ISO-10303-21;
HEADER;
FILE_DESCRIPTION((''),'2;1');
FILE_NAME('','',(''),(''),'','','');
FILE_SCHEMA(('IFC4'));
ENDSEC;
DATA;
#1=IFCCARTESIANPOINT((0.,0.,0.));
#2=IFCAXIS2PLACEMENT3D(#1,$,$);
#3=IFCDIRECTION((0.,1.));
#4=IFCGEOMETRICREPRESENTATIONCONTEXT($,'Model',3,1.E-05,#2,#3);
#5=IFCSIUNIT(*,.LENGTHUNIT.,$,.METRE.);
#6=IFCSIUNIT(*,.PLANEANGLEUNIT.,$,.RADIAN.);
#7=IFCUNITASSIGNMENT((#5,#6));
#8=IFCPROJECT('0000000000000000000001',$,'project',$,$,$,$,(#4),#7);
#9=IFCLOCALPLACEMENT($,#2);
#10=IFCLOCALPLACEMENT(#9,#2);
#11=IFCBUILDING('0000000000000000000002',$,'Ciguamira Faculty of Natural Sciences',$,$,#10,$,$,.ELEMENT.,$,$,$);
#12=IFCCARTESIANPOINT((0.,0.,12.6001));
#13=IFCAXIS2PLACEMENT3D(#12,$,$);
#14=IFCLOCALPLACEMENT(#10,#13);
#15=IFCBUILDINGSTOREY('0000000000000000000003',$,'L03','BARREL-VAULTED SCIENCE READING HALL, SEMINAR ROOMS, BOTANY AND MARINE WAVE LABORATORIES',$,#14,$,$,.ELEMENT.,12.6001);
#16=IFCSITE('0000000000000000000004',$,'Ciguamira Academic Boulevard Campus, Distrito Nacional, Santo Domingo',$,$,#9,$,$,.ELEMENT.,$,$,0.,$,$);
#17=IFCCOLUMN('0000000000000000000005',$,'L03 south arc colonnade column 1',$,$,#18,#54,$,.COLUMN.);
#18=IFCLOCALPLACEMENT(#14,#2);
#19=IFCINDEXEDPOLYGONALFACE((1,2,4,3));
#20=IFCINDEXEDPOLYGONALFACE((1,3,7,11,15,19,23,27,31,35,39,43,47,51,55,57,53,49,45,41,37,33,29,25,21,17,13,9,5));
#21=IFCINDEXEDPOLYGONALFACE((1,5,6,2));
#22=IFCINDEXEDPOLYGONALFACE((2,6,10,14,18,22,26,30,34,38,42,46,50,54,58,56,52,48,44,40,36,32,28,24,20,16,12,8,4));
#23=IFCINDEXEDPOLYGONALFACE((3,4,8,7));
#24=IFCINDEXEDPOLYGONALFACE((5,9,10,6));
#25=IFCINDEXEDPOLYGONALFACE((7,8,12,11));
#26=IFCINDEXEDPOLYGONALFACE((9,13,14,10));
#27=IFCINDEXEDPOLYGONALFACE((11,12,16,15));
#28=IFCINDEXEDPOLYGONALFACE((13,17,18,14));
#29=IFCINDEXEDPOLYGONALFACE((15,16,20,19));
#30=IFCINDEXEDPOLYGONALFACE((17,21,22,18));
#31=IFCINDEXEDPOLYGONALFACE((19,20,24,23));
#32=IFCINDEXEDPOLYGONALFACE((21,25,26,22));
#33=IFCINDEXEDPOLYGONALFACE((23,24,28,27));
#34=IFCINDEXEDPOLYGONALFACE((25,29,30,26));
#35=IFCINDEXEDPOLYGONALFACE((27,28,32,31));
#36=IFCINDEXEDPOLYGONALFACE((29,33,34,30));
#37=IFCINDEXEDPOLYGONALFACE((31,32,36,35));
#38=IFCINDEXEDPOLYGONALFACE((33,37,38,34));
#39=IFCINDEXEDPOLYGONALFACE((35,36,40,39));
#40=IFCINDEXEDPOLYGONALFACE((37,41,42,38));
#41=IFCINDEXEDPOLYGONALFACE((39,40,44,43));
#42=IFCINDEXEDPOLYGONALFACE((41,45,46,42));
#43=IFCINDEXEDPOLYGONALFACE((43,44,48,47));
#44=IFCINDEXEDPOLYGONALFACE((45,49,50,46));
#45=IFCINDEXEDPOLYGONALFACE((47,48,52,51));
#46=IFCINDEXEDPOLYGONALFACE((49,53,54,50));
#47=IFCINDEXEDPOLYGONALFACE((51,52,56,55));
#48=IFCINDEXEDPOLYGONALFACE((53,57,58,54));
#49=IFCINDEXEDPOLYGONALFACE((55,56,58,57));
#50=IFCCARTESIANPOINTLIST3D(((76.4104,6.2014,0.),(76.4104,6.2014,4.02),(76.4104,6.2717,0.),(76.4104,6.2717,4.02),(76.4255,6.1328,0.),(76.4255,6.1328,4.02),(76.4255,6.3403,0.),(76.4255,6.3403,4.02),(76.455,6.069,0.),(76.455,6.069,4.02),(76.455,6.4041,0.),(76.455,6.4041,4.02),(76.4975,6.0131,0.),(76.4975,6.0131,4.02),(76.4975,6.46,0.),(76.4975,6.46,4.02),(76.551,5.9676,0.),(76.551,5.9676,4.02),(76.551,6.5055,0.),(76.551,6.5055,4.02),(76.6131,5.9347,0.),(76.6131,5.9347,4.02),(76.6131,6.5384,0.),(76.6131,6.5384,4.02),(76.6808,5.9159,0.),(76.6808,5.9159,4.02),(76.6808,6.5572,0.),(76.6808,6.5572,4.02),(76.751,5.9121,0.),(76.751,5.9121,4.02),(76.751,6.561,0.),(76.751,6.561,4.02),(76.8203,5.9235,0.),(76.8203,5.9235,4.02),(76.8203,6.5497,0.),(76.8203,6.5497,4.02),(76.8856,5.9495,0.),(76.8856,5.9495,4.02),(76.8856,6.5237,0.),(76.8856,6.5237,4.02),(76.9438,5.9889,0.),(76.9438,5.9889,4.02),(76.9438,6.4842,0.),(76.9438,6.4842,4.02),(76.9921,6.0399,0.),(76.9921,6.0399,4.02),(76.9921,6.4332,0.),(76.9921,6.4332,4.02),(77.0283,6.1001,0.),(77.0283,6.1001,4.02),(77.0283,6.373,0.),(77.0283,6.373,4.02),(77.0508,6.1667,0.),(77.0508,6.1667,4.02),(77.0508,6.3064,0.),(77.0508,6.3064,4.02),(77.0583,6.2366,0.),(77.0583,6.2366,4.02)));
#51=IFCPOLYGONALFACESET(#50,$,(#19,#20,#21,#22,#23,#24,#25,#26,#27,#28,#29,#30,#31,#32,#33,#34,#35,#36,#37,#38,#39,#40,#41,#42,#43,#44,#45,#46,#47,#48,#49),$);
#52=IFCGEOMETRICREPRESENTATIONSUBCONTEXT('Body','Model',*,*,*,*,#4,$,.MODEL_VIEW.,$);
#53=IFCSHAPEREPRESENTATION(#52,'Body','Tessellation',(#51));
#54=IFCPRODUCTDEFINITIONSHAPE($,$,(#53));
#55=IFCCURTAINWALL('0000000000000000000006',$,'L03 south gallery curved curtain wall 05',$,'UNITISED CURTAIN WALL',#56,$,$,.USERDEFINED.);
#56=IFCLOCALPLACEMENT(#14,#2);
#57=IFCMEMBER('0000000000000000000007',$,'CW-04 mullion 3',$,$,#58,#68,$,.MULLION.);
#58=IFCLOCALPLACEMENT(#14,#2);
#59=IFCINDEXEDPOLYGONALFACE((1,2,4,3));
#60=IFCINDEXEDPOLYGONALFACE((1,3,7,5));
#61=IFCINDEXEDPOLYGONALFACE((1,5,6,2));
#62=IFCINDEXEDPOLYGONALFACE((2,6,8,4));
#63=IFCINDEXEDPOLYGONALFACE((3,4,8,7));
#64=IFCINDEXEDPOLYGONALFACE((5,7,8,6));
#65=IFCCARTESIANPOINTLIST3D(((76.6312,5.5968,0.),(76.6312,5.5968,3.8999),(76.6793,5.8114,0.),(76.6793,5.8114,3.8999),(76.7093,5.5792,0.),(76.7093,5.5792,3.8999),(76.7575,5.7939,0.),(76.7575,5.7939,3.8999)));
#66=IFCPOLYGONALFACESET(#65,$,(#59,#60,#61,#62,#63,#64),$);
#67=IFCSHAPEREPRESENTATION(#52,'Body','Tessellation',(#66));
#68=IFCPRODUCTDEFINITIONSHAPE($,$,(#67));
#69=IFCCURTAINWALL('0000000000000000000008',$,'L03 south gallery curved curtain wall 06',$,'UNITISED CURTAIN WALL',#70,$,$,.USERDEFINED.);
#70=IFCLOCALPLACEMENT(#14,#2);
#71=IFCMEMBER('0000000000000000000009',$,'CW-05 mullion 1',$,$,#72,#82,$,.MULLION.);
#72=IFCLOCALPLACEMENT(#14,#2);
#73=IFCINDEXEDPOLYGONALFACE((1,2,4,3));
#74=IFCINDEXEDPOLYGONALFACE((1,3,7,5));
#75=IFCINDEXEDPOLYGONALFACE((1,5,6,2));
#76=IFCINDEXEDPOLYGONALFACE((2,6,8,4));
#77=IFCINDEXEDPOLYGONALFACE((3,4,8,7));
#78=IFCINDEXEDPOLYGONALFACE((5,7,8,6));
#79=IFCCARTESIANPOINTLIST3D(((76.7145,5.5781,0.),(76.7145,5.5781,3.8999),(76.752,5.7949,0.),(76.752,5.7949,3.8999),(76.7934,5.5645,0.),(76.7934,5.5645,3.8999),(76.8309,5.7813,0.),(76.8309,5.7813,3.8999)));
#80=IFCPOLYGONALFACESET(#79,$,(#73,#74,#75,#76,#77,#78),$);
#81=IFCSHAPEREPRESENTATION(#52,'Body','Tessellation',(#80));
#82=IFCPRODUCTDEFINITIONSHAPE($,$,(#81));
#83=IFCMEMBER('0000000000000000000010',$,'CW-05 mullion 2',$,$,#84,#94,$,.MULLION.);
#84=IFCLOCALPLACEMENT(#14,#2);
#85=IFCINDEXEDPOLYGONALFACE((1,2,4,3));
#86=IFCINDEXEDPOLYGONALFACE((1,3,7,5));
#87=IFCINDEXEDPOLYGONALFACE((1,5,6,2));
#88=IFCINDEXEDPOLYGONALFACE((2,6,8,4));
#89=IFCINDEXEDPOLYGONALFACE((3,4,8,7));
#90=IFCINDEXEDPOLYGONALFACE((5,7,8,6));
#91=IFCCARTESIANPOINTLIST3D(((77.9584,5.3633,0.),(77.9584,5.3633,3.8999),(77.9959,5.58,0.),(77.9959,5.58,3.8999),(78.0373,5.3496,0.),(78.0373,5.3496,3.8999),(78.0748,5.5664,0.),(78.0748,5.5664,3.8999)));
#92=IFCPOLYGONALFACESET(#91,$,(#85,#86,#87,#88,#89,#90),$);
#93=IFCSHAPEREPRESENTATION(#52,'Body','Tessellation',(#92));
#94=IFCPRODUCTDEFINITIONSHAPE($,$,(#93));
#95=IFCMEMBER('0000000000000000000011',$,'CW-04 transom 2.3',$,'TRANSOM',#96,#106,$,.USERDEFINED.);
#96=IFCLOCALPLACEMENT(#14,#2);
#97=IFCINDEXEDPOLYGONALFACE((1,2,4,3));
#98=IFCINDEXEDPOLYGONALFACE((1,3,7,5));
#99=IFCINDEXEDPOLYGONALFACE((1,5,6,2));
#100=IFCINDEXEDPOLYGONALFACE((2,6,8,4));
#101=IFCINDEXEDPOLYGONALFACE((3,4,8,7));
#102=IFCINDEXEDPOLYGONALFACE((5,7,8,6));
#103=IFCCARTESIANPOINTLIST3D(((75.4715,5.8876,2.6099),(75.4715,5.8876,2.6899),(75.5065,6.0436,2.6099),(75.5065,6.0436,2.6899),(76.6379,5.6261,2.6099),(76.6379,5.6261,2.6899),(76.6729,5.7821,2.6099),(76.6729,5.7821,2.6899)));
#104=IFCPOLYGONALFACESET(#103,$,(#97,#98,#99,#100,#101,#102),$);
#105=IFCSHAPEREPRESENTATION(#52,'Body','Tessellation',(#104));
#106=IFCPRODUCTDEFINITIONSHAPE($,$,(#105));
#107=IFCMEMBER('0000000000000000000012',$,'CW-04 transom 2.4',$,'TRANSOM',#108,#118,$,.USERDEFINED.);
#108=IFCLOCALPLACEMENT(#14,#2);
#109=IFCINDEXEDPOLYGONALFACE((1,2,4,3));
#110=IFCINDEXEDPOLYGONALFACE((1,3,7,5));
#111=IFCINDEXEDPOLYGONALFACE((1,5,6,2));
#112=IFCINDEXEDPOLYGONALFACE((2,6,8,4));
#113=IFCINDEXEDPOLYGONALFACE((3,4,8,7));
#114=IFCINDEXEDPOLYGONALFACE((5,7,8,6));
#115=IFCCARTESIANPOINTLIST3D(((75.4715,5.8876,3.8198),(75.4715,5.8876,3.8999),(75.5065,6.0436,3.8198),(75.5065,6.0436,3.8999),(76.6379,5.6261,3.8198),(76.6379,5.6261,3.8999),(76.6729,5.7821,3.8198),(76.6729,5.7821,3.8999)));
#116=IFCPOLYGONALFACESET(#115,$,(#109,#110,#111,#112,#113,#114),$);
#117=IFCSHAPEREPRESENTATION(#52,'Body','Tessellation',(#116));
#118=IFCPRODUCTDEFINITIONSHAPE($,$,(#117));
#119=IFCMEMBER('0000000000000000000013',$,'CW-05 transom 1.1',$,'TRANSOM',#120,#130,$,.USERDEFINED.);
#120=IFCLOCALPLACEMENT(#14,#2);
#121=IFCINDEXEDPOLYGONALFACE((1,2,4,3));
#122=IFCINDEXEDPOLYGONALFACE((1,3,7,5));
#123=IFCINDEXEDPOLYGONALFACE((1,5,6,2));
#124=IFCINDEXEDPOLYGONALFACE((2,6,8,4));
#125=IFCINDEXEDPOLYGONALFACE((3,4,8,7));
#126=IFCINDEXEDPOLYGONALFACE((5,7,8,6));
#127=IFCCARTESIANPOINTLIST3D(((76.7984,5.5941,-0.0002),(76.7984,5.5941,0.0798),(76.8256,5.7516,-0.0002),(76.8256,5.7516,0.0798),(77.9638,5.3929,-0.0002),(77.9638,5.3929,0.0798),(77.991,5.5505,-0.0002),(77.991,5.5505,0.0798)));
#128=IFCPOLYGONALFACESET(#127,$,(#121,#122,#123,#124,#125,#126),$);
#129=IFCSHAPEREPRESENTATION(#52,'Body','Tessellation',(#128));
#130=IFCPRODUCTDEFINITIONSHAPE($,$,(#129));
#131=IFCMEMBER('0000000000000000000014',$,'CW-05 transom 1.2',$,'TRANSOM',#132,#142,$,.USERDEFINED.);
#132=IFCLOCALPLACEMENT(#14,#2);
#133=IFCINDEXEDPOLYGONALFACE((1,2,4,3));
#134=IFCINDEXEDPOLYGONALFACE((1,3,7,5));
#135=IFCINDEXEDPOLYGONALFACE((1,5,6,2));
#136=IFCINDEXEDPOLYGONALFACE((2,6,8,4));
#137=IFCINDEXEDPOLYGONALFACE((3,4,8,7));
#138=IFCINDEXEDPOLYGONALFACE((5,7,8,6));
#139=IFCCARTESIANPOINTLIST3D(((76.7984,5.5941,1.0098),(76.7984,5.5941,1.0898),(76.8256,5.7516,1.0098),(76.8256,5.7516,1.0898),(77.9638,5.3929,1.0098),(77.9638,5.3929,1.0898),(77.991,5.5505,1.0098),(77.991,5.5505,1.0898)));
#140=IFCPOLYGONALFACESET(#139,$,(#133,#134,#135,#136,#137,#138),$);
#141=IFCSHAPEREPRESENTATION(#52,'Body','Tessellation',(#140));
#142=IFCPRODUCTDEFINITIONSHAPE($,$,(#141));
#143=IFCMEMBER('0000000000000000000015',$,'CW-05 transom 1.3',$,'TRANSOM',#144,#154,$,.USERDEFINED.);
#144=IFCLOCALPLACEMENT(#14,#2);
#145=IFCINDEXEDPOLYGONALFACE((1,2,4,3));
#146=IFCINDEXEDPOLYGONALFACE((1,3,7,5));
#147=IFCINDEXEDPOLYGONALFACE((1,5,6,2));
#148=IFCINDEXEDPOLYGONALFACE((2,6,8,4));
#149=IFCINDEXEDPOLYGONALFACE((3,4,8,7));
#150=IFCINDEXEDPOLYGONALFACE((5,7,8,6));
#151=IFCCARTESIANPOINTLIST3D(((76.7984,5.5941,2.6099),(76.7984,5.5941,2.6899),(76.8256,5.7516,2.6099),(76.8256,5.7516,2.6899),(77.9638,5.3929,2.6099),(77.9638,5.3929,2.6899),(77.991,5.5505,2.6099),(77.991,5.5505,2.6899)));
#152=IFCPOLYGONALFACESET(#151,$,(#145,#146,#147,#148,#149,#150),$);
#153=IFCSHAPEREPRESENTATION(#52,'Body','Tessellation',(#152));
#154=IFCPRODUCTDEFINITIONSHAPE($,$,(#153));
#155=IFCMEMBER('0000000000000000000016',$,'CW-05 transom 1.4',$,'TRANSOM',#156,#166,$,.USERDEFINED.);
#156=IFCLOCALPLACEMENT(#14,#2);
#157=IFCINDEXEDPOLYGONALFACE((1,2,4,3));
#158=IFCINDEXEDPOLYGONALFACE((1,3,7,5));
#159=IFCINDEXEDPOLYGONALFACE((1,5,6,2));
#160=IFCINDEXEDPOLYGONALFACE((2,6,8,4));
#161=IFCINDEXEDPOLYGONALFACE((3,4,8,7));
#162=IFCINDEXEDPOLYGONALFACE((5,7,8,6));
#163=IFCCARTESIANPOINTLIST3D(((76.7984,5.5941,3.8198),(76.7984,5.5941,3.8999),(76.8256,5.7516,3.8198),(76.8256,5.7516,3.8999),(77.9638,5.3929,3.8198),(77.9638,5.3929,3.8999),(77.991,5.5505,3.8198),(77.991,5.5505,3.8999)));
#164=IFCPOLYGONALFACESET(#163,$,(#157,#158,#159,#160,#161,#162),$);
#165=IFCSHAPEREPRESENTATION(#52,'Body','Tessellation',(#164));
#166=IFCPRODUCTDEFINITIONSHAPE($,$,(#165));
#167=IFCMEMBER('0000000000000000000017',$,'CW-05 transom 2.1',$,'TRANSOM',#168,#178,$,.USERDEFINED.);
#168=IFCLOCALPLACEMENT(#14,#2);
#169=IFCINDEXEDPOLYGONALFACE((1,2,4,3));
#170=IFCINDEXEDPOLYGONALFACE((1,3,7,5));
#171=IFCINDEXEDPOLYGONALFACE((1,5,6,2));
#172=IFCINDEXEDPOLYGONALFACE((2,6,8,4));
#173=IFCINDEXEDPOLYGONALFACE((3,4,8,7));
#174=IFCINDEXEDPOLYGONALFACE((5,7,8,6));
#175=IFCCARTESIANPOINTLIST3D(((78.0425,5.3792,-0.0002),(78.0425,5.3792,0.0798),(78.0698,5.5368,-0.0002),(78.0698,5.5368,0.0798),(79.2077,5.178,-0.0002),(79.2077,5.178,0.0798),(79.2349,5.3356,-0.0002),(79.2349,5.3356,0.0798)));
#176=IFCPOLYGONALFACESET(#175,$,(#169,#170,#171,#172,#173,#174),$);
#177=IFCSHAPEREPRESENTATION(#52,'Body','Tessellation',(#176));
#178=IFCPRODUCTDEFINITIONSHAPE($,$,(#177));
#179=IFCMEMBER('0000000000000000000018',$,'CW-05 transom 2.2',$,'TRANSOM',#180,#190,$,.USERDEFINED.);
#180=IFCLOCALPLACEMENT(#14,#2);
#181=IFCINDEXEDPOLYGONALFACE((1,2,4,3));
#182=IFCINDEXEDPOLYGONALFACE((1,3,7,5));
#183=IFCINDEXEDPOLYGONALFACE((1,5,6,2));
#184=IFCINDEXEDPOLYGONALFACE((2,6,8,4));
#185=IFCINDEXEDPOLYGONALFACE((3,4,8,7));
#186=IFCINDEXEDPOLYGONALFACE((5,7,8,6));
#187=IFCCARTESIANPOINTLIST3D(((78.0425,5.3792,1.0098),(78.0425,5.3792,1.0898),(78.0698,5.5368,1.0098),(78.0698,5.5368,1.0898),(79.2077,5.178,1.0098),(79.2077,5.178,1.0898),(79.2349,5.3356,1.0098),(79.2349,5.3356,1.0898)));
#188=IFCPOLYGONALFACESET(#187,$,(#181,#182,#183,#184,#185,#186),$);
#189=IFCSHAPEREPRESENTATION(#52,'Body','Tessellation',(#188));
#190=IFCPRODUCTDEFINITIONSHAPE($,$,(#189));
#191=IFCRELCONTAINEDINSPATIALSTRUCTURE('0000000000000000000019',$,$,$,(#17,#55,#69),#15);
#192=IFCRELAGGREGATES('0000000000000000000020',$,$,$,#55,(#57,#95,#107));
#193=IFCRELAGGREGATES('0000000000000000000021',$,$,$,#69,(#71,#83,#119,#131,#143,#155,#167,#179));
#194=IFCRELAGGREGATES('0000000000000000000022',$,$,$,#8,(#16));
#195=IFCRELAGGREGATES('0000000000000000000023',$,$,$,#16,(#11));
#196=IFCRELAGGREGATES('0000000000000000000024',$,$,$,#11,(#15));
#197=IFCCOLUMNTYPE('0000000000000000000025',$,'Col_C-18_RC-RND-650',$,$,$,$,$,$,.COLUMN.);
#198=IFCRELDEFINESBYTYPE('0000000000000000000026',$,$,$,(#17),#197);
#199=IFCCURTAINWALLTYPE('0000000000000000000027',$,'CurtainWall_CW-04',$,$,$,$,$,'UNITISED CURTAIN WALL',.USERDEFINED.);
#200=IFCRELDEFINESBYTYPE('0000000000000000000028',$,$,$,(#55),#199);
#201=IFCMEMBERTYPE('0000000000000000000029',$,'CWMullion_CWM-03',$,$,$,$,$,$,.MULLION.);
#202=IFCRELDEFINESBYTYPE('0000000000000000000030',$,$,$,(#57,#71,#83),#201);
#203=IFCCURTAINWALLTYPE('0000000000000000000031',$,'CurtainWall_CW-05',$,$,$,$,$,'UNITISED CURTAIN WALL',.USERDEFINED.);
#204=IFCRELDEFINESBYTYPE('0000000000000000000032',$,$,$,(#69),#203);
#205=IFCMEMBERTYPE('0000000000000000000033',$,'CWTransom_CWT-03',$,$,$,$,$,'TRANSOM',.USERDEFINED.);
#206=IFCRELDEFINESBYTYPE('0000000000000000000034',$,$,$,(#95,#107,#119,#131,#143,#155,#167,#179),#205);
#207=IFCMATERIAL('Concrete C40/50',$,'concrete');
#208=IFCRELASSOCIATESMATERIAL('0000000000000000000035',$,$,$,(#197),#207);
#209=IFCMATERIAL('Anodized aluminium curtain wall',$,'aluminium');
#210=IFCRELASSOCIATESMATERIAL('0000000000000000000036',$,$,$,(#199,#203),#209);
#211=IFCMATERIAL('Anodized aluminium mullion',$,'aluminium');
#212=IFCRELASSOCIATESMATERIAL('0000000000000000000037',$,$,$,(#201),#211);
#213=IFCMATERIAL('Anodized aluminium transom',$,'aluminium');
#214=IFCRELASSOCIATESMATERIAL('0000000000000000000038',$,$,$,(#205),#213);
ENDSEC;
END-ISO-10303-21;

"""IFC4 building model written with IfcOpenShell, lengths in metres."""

from ifc_helpers import new_model, si_unit, direction, frame, origin, origin_2d, place, context, subcontext, project, spatial, rectangle, circle, extrude, material, material_profile, profile_set, type_object, element, aggregate, save


model = new_model("IFC4")

# Units and contexts
model_context = context("Model", 3, precision=1e-05, world=origin(), true_north=direction((0.0, 1.0)))
body_context = subcontext(model_context, "Body", "Model", "MODEL_VIEW")
ifc_project = project(units=[si_unit("LENGTHUNIT", "METRE"), si_unit("PLANEANGLEUNIT", "RADIAN")], contexts=[model_context])

# Site, building, storey
site_placement = place(None, origin())
site = spatial("IfcSite", under=ifc_project, at=site_placement, Name="Ciguamira Academic Boulevard Campus, Distrito Nacional, Santo Domingo", CompositionType="ELEMENT", RefElevation=0.0)
building_placement = place(site_placement, origin())
building = spatial("IfcBuilding", under=site, at=building_placement, Name="Ciguamira Faculty of Natural Sciences", CompositionType="ELEMENT")
storey_placement = place(building_placement, frame((0.0, 0.0, 12.6001)))
storey = spatial("IfcBuildingStorey", under=building, at=storey_placement, Name="L03", Description="BARREL-VAULTED SCIENCE READING HALL, SEMINAR ROOMS, BOTANY AND MARINE WAVE LABORATORIES", CompositionType="ELEMENT", Elevation=12.6001)

# Column
ifc_material_1 = material(Name="Concrete C40/50", Category="concrete")
ifc_material_profile_1 = material_profile(ifc_material_1, circle(Radius=0.325, at=origin_2d()), Name="RC-RND-650")
ifc_profile_set_1 = profile_set([ifc_material_profile_1], Name="Concrete C40/50")
column_type = type_object("IfcColumnType", Name="Col_C-18_RC-RND-650", PredefinedType="COLUMN", material=ifc_profile_set_1)
column_placement = place(storey_placement, frame((76.7334, 6.2366, 0.0), z_axis=(0.0, 0.0, 1.0), x_axis=(1.0, 0.0, 0.0)))
element("IfcColumn", 1, at=column_placement, inside=storey, type_object=column_type, Name="L03 south arc colonnade column 1", PredefinedType="COLUMN", context=body_context, shape_type="SweptSolid", body=[
    extrude(circle(Radius=0.325, at=origin_2d()), origin(), (0.0, 0.0, 1.0), 4.02),
])

# Curtain wall, member
ifc_material_2 = material(Name="Anodized aluminium curtain wall", Category="aluminium")
curtain_wall_type_1 = type_object("IfcCurtainWallType", Name="CurtainWall_CW-04", ElementType="UNITISED CURTAIN WALL", PredefinedType="USERDEFINED", material=ifc_material_2)
curtain_wall_1_placement = place(storey_placement, origin())
curtain_wall_1 = element("IfcCurtainWall", 2, at=curtain_wall_1_placement, inside=storey, type_object=curtain_wall_type_1, Name="L03 south gallery curved curtain wall 05", ObjectType="UNITISED CURTAIN WALL", PredefinedType="USERDEFINED")
ifc_material_3 = material(Name="Anodized aluminium mullion", Category="aluminium")
ifc_material_profile_2 = material_profile(ifc_material_3, rectangle(XDim=0.0801, YDim=0.22, at=origin_2d()), Name="ALU-MUL-80X220")
ifc_profile_set_2 = profile_set([ifc_material_profile_2], Name="Anodized aluminium mullion")
member_type_1 = type_object("IfcMemberType", Name="CWMullion_CWM-03", PredefinedType="MULLION", material=ifc_profile_set_2)
member_1_placement = place(storey_placement, frame((76.6943, 5.6953, 0.0), z_axis=(0.0, 0.0, 1.0), x_axis=(0.975763, -0.21883, 0.0)))
member_1 = element("IfcMember", 3, at=member_1_placement, type_object=member_type_1, Name="CW-04 mullion 3", PredefinedType="MULLION", context=body_context, shape_type="SweptSolid", body=[
    extrude(rectangle(XDim=0.0801, YDim=0.22, at=origin_2d()), origin(), (0.0, 0.0, 1.0), 3.8999),
])

# Curtain wall, members
curtain_wall_type_2 = type_object("IfcCurtainWallType", Name="CurtainWall_CW-05", ElementType="UNITISED CURTAIN WALL", PredefinedType="USERDEFINED", material=ifc_material_2)
curtain_wall_2_placement = place(storey_placement, origin())
curtain_wall_2 = element("IfcCurtainWall", 4, at=curtain_wall_2_placement, inside=storey, type_object=curtain_wall_type_2, Name="L03 south gallery curved curtain wall 06", ObjectType="UNITISED CURTAIN WALL", PredefinedType="USERDEFINED")
member_2_placement = place(storey_placement, frame((76.7727, 5.6797, 0.0), z_axis=(0.0, 0.0, 1.0), x_axis=(0.985411, -0.170192, 0.0)))
member_2 = element("IfcMember", 5, at=member_2_placement, type_object=member_type_1, Name="CW-05 mullion 1", PredefinedType="MULLION", context=body_context, shape_type="SweptSolid", body=[
    extrude(rectangle(XDim=0.0801, YDim=0.22, at=origin_2d()), origin(), (0.0, 0.0, 1.0), 3.8999),
])
member_3_placement = place(storey_placement, frame((78.0166, 5.4648, 0.0), z_axis=(0.0, 0.0, 1.0), x_axis=(0.985411, -0.170192, 0.0)))
member_3 = element("IfcMember", 6, at=member_3_placement, type_object=member_type_1, Name="CW-05 mullion 2", PredefinedType="MULLION", context=body_context, shape_type="SweptSolid", body=[
    extrude(rectangle(XDim=0.0801, YDim=0.22, at=origin_2d()), origin(), (0.0, 0.0, 1.0), 3.8999),
])

# Members
ifc_material_4 = material(Name="Anodized aluminium transom", Category="aluminium")
ifc_material_profile_3 = material_profile(ifc_material_4, rectangle(XDim=0.0801, YDim=0.1599, at=origin_2d()), Name="ALU-TRN-80X160")
ifc_profile_set_3 = profile_set([ifc_material_profile_3], Name="Anodized aluminium transom")
member_type_2 = type_object("IfcMemberType", Name="CWTransom_CWT-03", ElementType="TRANSOM", PredefinedType="USERDEFINED", material=ifc_profile_set_3)
member_4_placement = place(storey_placement, frame((75.489, 5.9656, 2.6499), z_axis=(0.975777, -0.218768, 0.0), x_axis=(0.0, 0.0, 1.0)))
member_4 = element("IfcMember", 7, at=member_4_placement, type_object=member_type_2, Name="CW-04 transom 2.3", ObjectType="TRANSOM", PredefinedType="USERDEFINED", context=body_context, shape_type="SweptSolid", body=[
    extrude(rectangle(XDim=0.0801, YDim=0.1599, at=origin_2d()), origin(), (0.0, 0.0, 1.0), 1.1953),
])
member_5_placement = place(storey_placement, frame((75.489, 5.9656, 3.8599), z_axis=(0.975777, -0.218768, 0.0), x_axis=(0.0, 0.0, 1.0)))
member_5 = element("IfcMember", 8, at=member_5_placement, type_object=member_type_2, Name="CW-04 transom 2.4", ObjectType="TRANSOM", PredefinedType="USERDEFINED", context=body_context, shape_type="SweptSolid", body=[
    extrude(rectangle(XDim=0.0801, YDim=0.1599, at=origin_2d()), origin(), (0.0, 0.0, 1.0), 1.1953),
])
member_6_placement = place(storey_placement, frame((76.812, 5.6729, 0.0398), z_axis=(0.985423, -0.170121, 0.0), x_axis=(0.0, 0.0, 1.0)))
member_6 = element("IfcMember", 9, at=member_6_placement, type_object=member_type_2, Name="CW-05 transom 1.1", ObjectType="TRANSOM", PredefinedType="USERDEFINED", context=body_context, shape_type="SweptSolid", body=[
    extrude(rectangle(XDim=0.0801, YDim=0.1599, at=origin_2d()), origin(), (0.0, 0.0, 1.0), 1.1826),
])
member_7_placement = place(storey_placement, frame((76.812, 5.6729, 1.0498), z_axis=(0.985423, -0.170121, 0.0), x_axis=(0.0, 0.0, 1.0)))
member_7 = element("IfcMember", 10, at=member_7_placement, type_object=member_type_2, Name="CW-05 transom 1.2", ObjectType="TRANSOM", PredefinedType="USERDEFINED", context=body_context, shape_type="SweptSolid", body=[
    extrude(rectangle(XDim=0.0801, YDim=0.1599, at=origin_2d()), origin(), (0.0, 0.0, 1.0), 1.1826),
])
member_8_placement = place(storey_placement, frame((76.812, 5.6729, 2.6499), z_axis=(0.985423, -0.170121, 0.0), x_axis=(0.0, 0.0, 1.0)))
member_8 = element("IfcMember", 11, at=member_8_placement, type_object=member_type_2, Name="CW-05 transom 1.3", ObjectType="TRANSOM", PredefinedType="USERDEFINED", context=body_context, shape_type="SweptSolid", body=[
    extrude(rectangle(XDim=0.0801, YDim=0.1599, at=origin_2d()), origin(), (0.0, 0.0, 1.0), 1.1826),
])
member_9_placement = place(storey_placement, frame((76.812, 5.6729, 3.8599), z_axis=(0.985423, -0.170121, 0.0), x_axis=(0.0, 0.0, 1.0)))
member_9 = element("IfcMember", 12, at=member_9_placement, type_object=member_type_2, Name="CW-05 transom 1.4", ObjectType="TRANSOM", PredefinedType="USERDEFINED", context=body_context, shape_type="SweptSolid", body=[
    extrude(rectangle(XDim=0.0801, YDim=0.1599, at=origin_2d()), origin(), (0.0, 0.0, 1.0), 1.1826),
])
member_10_placement = place(storey_placement, frame((78.0562, 5.458, 0.0398), z_axis=(0.985417, -0.170156, 0.0), x_axis=(0.0, 0.0, 1.0)))
member_10 = element("IfcMember", 13, at=member_10_placement, type_object=member_type_2, Name="CW-05 transom 2.1", ObjectType="TRANSOM", PredefinedType="USERDEFINED", context=body_context, shape_type="SweptSolid", body=[
    extrude(rectangle(XDim=0.0801, YDim=0.1599, at=origin_2d()), origin(), (0.0, 0.0, 1.0), 1.1824),
])
member_11_placement = place(storey_placement, frame((78.0562, 5.458, 1.0498), z_axis=(0.985417, -0.170156, 0.0), x_axis=(0.0, 0.0, 1.0)))
member_11 = element("IfcMember", 14, at=member_11_placement, type_object=member_type_2, Name="CW-05 transom 2.2", ObjectType="TRANSOM", PredefinedType="USERDEFINED", context=body_context, shape_type="SweptSolid", body=[
    extrude(rectangle(XDim=0.0801, YDim=0.1599, at=origin_2d()), origin(), (0.0, 0.0, 1.0), 1.1824),
])

aggregate(curtain_wall_1, [member_1, member_4, member_5])
aggregate(curtain_wall_2, [member_2, member_3, member_6, member_7, member_8, member_9, member_10, member_11])

save(model, "model.ifc")
